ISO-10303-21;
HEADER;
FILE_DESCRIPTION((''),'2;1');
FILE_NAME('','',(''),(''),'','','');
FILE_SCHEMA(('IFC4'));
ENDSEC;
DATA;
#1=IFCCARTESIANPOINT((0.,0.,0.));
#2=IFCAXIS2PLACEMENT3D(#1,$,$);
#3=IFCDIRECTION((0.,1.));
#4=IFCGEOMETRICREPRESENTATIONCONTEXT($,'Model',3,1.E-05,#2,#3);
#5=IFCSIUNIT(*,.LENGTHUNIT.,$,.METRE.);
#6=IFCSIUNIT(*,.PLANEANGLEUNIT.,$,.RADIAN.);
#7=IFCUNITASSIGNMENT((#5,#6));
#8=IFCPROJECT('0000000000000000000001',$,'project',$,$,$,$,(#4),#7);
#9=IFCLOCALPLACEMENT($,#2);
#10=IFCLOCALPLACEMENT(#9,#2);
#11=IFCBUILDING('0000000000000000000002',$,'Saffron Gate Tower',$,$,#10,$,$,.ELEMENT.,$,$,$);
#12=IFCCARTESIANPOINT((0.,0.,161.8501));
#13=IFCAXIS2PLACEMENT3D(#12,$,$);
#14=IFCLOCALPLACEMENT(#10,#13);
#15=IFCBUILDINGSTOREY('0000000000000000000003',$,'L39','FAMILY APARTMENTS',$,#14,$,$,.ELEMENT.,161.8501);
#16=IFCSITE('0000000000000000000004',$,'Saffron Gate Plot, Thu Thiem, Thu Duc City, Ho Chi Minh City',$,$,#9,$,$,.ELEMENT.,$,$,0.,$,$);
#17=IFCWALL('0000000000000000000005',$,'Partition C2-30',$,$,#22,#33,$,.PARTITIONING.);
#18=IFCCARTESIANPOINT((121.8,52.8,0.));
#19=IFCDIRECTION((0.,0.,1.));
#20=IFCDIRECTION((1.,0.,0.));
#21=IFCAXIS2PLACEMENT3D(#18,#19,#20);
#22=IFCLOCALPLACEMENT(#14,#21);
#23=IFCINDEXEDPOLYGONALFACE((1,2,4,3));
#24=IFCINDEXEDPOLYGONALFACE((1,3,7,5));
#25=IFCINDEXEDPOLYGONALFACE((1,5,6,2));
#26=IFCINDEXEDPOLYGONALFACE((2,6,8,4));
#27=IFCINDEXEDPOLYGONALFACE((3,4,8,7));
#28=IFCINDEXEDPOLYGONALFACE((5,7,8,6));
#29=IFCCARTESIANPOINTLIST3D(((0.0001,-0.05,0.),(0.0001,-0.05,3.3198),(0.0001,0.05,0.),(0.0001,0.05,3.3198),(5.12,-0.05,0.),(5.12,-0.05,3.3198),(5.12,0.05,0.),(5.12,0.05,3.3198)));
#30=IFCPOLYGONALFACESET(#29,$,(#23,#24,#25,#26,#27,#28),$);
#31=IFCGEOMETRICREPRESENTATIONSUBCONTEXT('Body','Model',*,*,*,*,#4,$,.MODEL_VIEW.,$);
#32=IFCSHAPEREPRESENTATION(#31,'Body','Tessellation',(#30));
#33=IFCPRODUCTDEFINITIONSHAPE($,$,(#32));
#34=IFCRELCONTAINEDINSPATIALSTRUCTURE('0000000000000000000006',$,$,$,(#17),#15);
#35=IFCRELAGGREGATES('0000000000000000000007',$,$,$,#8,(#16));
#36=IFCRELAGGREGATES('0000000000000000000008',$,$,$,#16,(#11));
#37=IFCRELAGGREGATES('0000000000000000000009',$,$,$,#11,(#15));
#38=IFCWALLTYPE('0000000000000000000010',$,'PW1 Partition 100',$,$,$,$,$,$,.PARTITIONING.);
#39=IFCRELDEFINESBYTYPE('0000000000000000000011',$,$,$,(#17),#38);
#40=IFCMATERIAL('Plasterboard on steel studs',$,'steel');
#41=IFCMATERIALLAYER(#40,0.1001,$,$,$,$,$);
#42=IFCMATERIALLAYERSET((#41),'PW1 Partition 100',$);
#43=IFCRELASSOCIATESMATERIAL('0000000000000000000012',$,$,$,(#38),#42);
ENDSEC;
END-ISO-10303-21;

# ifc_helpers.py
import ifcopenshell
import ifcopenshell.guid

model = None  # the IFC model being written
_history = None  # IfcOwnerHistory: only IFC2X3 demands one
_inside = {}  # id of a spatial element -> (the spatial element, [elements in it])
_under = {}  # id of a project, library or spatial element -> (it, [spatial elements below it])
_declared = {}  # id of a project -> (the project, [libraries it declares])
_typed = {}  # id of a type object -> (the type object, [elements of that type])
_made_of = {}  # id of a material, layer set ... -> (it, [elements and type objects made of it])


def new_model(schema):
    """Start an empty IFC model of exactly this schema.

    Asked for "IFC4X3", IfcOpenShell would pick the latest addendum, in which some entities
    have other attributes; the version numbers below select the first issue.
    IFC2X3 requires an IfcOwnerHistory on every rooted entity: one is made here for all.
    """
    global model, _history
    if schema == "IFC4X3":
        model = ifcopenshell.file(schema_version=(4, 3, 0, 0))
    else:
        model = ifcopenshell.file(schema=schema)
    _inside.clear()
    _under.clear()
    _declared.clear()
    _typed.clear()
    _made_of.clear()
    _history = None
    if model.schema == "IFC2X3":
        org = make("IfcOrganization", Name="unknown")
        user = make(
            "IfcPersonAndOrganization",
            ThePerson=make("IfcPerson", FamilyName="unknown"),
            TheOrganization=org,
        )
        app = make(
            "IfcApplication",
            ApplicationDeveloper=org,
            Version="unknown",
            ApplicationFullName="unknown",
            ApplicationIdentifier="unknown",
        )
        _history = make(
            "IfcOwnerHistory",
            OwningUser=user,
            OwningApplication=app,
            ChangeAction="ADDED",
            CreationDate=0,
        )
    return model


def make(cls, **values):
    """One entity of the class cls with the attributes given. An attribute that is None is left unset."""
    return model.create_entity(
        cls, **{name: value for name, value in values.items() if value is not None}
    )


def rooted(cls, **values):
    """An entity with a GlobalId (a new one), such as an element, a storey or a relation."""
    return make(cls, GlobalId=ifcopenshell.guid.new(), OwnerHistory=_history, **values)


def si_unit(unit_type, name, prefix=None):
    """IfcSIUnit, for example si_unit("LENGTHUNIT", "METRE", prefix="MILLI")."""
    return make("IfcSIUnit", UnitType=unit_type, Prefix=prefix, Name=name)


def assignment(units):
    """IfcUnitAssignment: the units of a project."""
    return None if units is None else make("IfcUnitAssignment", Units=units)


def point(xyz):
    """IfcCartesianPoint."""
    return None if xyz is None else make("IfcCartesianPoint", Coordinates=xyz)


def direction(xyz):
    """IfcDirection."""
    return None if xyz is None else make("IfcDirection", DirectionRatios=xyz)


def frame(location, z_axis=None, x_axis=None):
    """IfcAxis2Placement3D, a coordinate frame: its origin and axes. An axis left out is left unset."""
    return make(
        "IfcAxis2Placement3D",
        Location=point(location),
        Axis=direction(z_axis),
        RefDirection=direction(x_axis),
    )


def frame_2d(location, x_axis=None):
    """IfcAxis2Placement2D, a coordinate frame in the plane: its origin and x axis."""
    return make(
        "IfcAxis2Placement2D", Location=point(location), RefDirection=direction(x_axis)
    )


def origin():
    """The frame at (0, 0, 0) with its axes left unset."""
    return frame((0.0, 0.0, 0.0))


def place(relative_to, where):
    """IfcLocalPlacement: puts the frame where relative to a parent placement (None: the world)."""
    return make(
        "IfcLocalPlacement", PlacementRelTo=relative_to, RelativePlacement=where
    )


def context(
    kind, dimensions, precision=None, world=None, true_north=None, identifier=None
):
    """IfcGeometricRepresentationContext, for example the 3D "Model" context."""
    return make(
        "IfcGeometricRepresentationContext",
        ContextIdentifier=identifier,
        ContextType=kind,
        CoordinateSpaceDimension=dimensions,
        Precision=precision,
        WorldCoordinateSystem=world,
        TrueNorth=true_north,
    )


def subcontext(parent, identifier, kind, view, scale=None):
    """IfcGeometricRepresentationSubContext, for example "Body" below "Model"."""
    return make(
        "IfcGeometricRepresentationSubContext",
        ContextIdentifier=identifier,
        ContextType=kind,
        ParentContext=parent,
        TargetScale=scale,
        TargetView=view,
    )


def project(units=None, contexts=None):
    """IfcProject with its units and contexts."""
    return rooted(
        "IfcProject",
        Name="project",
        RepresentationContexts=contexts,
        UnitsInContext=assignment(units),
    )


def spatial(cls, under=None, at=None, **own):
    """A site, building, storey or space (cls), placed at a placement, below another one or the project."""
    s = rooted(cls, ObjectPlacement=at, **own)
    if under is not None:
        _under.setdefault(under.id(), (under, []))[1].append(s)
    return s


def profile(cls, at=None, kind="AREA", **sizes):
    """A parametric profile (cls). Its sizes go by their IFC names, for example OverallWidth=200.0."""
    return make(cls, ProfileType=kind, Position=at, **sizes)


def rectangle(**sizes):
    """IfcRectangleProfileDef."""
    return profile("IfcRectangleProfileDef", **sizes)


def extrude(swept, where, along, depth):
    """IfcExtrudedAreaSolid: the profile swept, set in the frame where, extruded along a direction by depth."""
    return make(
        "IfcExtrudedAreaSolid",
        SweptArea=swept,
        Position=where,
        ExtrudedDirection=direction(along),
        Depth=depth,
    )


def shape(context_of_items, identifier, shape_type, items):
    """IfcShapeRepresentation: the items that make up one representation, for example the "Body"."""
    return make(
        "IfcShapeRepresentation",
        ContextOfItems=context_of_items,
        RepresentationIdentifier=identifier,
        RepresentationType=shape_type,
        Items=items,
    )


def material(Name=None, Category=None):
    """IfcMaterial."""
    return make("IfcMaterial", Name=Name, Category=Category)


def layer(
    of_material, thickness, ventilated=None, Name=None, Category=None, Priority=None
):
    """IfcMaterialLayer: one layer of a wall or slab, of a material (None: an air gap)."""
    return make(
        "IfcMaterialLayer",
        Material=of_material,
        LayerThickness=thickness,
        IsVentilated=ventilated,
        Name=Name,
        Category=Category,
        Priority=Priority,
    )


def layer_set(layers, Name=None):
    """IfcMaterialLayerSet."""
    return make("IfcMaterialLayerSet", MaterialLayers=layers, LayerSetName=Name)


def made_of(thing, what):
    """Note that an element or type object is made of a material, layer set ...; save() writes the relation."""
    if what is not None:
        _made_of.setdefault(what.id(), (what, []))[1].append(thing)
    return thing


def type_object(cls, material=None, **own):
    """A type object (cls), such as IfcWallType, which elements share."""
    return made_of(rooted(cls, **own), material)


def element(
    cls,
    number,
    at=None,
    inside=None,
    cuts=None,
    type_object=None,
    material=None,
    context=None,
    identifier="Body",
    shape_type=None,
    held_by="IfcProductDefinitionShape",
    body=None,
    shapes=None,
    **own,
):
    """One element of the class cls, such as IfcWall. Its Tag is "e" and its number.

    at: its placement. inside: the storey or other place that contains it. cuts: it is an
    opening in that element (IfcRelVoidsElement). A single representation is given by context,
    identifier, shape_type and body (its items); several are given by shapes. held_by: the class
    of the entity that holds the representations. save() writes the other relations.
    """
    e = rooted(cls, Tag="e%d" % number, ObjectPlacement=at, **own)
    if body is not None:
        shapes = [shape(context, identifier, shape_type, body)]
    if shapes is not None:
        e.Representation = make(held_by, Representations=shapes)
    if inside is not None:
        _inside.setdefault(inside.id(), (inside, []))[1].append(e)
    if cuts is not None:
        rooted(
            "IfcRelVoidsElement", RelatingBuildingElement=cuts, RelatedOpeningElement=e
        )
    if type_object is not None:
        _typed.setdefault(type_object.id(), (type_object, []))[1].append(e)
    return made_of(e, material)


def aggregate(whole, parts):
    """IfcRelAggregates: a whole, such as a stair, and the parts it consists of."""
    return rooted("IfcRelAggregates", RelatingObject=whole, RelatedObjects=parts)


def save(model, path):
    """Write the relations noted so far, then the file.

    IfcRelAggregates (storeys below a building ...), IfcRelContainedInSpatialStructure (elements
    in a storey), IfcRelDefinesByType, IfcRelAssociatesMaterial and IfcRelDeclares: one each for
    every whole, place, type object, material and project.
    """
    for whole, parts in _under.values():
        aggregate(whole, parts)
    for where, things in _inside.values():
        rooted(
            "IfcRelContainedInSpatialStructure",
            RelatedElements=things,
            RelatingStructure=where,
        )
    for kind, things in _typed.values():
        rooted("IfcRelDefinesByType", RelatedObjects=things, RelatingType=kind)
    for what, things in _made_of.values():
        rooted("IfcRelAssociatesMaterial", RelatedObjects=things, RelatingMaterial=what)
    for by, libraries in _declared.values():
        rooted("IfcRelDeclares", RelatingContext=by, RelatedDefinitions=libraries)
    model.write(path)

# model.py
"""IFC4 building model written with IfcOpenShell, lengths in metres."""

from ifc_helpers import new_model, si_unit, direction, frame, frame_2d, origin, place, context, subcontext, project, spatial, rectangle, extrude, material, layer, layer_set, type_object, element, save


model = new_model("IFC4")

# Units and contexts
model_context = context("Model", 3, precision=1e-05, world=origin(), true_north=direction((0.0, 1.0)))
body_context = subcontext(model_context, "Body", "Model", "MODEL_VIEW")
ifc_project = project(units=[si_unit("LENGTHUNIT", "METRE"), si_unit("PLANEANGLEUNIT", "RADIAN")], contexts=[model_context])

# Site, building, storey
site_placement = place(None, origin())
site = spatial("IfcSite", under=ifc_project, at=site_placement, Name="Saffron Gate Plot, Thu Thiem, Thu Duc City, Ho Chi Minh City", CompositionType="ELEMENT", RefElevation=0.0)
building_placement = place(site_placement, origin())
building = spatial("IfcBuilding", under=site, at=building_placement, Name="Saffron Gate Tower", CompositionType="ELEMENT")
storey_placement = place(building_placement, frame((0.0, 0.0, 161.8501)))
storey = spatial("IfcBuildingStorey", under=building, at=storey_placement, Name="L39", Description="FAMILY APARTMENTS", CompositionType="ELEMENT", Elevation=161.8501)

# Wall
ifc_material_1 = material(Name="Plasterboard on steel studs", Category="steel")
ifc_layer_1 = layer(ifc_material_1, 0.1001)
ifc_layer_set_1 = layer_set([ifc_layer_1], Name="PW1 Partition 100")
wall_type_1 = type_object("IfcWallType", Name="PW1 Partition 100", PredefinedType="PARTITIONING", material=ifc_layer_set_1)
wall_1_placement = place(storey_placement, frame((121.8, 52.8, 0.0), z_axis=(0.0, 0.0, 1.0), x_axis=(1.0, 0.0, 0.0)))
element("IfcWall", 1, at=wall_1_placement, inside=storey, type_object=wall_type_1, Name="Partition C2-30", PredefinedType="PARTITIONING", context=body_context, shape_type="SweptSolid", body=[
    extrude(rectangle(XDim=5.1199, YDim=0.1001, at=frame_2d((2.5601, 0.0))), origin(), (0.0, 0.0, 1.0), 3.3198),
])

save(model, "model.ifc")
